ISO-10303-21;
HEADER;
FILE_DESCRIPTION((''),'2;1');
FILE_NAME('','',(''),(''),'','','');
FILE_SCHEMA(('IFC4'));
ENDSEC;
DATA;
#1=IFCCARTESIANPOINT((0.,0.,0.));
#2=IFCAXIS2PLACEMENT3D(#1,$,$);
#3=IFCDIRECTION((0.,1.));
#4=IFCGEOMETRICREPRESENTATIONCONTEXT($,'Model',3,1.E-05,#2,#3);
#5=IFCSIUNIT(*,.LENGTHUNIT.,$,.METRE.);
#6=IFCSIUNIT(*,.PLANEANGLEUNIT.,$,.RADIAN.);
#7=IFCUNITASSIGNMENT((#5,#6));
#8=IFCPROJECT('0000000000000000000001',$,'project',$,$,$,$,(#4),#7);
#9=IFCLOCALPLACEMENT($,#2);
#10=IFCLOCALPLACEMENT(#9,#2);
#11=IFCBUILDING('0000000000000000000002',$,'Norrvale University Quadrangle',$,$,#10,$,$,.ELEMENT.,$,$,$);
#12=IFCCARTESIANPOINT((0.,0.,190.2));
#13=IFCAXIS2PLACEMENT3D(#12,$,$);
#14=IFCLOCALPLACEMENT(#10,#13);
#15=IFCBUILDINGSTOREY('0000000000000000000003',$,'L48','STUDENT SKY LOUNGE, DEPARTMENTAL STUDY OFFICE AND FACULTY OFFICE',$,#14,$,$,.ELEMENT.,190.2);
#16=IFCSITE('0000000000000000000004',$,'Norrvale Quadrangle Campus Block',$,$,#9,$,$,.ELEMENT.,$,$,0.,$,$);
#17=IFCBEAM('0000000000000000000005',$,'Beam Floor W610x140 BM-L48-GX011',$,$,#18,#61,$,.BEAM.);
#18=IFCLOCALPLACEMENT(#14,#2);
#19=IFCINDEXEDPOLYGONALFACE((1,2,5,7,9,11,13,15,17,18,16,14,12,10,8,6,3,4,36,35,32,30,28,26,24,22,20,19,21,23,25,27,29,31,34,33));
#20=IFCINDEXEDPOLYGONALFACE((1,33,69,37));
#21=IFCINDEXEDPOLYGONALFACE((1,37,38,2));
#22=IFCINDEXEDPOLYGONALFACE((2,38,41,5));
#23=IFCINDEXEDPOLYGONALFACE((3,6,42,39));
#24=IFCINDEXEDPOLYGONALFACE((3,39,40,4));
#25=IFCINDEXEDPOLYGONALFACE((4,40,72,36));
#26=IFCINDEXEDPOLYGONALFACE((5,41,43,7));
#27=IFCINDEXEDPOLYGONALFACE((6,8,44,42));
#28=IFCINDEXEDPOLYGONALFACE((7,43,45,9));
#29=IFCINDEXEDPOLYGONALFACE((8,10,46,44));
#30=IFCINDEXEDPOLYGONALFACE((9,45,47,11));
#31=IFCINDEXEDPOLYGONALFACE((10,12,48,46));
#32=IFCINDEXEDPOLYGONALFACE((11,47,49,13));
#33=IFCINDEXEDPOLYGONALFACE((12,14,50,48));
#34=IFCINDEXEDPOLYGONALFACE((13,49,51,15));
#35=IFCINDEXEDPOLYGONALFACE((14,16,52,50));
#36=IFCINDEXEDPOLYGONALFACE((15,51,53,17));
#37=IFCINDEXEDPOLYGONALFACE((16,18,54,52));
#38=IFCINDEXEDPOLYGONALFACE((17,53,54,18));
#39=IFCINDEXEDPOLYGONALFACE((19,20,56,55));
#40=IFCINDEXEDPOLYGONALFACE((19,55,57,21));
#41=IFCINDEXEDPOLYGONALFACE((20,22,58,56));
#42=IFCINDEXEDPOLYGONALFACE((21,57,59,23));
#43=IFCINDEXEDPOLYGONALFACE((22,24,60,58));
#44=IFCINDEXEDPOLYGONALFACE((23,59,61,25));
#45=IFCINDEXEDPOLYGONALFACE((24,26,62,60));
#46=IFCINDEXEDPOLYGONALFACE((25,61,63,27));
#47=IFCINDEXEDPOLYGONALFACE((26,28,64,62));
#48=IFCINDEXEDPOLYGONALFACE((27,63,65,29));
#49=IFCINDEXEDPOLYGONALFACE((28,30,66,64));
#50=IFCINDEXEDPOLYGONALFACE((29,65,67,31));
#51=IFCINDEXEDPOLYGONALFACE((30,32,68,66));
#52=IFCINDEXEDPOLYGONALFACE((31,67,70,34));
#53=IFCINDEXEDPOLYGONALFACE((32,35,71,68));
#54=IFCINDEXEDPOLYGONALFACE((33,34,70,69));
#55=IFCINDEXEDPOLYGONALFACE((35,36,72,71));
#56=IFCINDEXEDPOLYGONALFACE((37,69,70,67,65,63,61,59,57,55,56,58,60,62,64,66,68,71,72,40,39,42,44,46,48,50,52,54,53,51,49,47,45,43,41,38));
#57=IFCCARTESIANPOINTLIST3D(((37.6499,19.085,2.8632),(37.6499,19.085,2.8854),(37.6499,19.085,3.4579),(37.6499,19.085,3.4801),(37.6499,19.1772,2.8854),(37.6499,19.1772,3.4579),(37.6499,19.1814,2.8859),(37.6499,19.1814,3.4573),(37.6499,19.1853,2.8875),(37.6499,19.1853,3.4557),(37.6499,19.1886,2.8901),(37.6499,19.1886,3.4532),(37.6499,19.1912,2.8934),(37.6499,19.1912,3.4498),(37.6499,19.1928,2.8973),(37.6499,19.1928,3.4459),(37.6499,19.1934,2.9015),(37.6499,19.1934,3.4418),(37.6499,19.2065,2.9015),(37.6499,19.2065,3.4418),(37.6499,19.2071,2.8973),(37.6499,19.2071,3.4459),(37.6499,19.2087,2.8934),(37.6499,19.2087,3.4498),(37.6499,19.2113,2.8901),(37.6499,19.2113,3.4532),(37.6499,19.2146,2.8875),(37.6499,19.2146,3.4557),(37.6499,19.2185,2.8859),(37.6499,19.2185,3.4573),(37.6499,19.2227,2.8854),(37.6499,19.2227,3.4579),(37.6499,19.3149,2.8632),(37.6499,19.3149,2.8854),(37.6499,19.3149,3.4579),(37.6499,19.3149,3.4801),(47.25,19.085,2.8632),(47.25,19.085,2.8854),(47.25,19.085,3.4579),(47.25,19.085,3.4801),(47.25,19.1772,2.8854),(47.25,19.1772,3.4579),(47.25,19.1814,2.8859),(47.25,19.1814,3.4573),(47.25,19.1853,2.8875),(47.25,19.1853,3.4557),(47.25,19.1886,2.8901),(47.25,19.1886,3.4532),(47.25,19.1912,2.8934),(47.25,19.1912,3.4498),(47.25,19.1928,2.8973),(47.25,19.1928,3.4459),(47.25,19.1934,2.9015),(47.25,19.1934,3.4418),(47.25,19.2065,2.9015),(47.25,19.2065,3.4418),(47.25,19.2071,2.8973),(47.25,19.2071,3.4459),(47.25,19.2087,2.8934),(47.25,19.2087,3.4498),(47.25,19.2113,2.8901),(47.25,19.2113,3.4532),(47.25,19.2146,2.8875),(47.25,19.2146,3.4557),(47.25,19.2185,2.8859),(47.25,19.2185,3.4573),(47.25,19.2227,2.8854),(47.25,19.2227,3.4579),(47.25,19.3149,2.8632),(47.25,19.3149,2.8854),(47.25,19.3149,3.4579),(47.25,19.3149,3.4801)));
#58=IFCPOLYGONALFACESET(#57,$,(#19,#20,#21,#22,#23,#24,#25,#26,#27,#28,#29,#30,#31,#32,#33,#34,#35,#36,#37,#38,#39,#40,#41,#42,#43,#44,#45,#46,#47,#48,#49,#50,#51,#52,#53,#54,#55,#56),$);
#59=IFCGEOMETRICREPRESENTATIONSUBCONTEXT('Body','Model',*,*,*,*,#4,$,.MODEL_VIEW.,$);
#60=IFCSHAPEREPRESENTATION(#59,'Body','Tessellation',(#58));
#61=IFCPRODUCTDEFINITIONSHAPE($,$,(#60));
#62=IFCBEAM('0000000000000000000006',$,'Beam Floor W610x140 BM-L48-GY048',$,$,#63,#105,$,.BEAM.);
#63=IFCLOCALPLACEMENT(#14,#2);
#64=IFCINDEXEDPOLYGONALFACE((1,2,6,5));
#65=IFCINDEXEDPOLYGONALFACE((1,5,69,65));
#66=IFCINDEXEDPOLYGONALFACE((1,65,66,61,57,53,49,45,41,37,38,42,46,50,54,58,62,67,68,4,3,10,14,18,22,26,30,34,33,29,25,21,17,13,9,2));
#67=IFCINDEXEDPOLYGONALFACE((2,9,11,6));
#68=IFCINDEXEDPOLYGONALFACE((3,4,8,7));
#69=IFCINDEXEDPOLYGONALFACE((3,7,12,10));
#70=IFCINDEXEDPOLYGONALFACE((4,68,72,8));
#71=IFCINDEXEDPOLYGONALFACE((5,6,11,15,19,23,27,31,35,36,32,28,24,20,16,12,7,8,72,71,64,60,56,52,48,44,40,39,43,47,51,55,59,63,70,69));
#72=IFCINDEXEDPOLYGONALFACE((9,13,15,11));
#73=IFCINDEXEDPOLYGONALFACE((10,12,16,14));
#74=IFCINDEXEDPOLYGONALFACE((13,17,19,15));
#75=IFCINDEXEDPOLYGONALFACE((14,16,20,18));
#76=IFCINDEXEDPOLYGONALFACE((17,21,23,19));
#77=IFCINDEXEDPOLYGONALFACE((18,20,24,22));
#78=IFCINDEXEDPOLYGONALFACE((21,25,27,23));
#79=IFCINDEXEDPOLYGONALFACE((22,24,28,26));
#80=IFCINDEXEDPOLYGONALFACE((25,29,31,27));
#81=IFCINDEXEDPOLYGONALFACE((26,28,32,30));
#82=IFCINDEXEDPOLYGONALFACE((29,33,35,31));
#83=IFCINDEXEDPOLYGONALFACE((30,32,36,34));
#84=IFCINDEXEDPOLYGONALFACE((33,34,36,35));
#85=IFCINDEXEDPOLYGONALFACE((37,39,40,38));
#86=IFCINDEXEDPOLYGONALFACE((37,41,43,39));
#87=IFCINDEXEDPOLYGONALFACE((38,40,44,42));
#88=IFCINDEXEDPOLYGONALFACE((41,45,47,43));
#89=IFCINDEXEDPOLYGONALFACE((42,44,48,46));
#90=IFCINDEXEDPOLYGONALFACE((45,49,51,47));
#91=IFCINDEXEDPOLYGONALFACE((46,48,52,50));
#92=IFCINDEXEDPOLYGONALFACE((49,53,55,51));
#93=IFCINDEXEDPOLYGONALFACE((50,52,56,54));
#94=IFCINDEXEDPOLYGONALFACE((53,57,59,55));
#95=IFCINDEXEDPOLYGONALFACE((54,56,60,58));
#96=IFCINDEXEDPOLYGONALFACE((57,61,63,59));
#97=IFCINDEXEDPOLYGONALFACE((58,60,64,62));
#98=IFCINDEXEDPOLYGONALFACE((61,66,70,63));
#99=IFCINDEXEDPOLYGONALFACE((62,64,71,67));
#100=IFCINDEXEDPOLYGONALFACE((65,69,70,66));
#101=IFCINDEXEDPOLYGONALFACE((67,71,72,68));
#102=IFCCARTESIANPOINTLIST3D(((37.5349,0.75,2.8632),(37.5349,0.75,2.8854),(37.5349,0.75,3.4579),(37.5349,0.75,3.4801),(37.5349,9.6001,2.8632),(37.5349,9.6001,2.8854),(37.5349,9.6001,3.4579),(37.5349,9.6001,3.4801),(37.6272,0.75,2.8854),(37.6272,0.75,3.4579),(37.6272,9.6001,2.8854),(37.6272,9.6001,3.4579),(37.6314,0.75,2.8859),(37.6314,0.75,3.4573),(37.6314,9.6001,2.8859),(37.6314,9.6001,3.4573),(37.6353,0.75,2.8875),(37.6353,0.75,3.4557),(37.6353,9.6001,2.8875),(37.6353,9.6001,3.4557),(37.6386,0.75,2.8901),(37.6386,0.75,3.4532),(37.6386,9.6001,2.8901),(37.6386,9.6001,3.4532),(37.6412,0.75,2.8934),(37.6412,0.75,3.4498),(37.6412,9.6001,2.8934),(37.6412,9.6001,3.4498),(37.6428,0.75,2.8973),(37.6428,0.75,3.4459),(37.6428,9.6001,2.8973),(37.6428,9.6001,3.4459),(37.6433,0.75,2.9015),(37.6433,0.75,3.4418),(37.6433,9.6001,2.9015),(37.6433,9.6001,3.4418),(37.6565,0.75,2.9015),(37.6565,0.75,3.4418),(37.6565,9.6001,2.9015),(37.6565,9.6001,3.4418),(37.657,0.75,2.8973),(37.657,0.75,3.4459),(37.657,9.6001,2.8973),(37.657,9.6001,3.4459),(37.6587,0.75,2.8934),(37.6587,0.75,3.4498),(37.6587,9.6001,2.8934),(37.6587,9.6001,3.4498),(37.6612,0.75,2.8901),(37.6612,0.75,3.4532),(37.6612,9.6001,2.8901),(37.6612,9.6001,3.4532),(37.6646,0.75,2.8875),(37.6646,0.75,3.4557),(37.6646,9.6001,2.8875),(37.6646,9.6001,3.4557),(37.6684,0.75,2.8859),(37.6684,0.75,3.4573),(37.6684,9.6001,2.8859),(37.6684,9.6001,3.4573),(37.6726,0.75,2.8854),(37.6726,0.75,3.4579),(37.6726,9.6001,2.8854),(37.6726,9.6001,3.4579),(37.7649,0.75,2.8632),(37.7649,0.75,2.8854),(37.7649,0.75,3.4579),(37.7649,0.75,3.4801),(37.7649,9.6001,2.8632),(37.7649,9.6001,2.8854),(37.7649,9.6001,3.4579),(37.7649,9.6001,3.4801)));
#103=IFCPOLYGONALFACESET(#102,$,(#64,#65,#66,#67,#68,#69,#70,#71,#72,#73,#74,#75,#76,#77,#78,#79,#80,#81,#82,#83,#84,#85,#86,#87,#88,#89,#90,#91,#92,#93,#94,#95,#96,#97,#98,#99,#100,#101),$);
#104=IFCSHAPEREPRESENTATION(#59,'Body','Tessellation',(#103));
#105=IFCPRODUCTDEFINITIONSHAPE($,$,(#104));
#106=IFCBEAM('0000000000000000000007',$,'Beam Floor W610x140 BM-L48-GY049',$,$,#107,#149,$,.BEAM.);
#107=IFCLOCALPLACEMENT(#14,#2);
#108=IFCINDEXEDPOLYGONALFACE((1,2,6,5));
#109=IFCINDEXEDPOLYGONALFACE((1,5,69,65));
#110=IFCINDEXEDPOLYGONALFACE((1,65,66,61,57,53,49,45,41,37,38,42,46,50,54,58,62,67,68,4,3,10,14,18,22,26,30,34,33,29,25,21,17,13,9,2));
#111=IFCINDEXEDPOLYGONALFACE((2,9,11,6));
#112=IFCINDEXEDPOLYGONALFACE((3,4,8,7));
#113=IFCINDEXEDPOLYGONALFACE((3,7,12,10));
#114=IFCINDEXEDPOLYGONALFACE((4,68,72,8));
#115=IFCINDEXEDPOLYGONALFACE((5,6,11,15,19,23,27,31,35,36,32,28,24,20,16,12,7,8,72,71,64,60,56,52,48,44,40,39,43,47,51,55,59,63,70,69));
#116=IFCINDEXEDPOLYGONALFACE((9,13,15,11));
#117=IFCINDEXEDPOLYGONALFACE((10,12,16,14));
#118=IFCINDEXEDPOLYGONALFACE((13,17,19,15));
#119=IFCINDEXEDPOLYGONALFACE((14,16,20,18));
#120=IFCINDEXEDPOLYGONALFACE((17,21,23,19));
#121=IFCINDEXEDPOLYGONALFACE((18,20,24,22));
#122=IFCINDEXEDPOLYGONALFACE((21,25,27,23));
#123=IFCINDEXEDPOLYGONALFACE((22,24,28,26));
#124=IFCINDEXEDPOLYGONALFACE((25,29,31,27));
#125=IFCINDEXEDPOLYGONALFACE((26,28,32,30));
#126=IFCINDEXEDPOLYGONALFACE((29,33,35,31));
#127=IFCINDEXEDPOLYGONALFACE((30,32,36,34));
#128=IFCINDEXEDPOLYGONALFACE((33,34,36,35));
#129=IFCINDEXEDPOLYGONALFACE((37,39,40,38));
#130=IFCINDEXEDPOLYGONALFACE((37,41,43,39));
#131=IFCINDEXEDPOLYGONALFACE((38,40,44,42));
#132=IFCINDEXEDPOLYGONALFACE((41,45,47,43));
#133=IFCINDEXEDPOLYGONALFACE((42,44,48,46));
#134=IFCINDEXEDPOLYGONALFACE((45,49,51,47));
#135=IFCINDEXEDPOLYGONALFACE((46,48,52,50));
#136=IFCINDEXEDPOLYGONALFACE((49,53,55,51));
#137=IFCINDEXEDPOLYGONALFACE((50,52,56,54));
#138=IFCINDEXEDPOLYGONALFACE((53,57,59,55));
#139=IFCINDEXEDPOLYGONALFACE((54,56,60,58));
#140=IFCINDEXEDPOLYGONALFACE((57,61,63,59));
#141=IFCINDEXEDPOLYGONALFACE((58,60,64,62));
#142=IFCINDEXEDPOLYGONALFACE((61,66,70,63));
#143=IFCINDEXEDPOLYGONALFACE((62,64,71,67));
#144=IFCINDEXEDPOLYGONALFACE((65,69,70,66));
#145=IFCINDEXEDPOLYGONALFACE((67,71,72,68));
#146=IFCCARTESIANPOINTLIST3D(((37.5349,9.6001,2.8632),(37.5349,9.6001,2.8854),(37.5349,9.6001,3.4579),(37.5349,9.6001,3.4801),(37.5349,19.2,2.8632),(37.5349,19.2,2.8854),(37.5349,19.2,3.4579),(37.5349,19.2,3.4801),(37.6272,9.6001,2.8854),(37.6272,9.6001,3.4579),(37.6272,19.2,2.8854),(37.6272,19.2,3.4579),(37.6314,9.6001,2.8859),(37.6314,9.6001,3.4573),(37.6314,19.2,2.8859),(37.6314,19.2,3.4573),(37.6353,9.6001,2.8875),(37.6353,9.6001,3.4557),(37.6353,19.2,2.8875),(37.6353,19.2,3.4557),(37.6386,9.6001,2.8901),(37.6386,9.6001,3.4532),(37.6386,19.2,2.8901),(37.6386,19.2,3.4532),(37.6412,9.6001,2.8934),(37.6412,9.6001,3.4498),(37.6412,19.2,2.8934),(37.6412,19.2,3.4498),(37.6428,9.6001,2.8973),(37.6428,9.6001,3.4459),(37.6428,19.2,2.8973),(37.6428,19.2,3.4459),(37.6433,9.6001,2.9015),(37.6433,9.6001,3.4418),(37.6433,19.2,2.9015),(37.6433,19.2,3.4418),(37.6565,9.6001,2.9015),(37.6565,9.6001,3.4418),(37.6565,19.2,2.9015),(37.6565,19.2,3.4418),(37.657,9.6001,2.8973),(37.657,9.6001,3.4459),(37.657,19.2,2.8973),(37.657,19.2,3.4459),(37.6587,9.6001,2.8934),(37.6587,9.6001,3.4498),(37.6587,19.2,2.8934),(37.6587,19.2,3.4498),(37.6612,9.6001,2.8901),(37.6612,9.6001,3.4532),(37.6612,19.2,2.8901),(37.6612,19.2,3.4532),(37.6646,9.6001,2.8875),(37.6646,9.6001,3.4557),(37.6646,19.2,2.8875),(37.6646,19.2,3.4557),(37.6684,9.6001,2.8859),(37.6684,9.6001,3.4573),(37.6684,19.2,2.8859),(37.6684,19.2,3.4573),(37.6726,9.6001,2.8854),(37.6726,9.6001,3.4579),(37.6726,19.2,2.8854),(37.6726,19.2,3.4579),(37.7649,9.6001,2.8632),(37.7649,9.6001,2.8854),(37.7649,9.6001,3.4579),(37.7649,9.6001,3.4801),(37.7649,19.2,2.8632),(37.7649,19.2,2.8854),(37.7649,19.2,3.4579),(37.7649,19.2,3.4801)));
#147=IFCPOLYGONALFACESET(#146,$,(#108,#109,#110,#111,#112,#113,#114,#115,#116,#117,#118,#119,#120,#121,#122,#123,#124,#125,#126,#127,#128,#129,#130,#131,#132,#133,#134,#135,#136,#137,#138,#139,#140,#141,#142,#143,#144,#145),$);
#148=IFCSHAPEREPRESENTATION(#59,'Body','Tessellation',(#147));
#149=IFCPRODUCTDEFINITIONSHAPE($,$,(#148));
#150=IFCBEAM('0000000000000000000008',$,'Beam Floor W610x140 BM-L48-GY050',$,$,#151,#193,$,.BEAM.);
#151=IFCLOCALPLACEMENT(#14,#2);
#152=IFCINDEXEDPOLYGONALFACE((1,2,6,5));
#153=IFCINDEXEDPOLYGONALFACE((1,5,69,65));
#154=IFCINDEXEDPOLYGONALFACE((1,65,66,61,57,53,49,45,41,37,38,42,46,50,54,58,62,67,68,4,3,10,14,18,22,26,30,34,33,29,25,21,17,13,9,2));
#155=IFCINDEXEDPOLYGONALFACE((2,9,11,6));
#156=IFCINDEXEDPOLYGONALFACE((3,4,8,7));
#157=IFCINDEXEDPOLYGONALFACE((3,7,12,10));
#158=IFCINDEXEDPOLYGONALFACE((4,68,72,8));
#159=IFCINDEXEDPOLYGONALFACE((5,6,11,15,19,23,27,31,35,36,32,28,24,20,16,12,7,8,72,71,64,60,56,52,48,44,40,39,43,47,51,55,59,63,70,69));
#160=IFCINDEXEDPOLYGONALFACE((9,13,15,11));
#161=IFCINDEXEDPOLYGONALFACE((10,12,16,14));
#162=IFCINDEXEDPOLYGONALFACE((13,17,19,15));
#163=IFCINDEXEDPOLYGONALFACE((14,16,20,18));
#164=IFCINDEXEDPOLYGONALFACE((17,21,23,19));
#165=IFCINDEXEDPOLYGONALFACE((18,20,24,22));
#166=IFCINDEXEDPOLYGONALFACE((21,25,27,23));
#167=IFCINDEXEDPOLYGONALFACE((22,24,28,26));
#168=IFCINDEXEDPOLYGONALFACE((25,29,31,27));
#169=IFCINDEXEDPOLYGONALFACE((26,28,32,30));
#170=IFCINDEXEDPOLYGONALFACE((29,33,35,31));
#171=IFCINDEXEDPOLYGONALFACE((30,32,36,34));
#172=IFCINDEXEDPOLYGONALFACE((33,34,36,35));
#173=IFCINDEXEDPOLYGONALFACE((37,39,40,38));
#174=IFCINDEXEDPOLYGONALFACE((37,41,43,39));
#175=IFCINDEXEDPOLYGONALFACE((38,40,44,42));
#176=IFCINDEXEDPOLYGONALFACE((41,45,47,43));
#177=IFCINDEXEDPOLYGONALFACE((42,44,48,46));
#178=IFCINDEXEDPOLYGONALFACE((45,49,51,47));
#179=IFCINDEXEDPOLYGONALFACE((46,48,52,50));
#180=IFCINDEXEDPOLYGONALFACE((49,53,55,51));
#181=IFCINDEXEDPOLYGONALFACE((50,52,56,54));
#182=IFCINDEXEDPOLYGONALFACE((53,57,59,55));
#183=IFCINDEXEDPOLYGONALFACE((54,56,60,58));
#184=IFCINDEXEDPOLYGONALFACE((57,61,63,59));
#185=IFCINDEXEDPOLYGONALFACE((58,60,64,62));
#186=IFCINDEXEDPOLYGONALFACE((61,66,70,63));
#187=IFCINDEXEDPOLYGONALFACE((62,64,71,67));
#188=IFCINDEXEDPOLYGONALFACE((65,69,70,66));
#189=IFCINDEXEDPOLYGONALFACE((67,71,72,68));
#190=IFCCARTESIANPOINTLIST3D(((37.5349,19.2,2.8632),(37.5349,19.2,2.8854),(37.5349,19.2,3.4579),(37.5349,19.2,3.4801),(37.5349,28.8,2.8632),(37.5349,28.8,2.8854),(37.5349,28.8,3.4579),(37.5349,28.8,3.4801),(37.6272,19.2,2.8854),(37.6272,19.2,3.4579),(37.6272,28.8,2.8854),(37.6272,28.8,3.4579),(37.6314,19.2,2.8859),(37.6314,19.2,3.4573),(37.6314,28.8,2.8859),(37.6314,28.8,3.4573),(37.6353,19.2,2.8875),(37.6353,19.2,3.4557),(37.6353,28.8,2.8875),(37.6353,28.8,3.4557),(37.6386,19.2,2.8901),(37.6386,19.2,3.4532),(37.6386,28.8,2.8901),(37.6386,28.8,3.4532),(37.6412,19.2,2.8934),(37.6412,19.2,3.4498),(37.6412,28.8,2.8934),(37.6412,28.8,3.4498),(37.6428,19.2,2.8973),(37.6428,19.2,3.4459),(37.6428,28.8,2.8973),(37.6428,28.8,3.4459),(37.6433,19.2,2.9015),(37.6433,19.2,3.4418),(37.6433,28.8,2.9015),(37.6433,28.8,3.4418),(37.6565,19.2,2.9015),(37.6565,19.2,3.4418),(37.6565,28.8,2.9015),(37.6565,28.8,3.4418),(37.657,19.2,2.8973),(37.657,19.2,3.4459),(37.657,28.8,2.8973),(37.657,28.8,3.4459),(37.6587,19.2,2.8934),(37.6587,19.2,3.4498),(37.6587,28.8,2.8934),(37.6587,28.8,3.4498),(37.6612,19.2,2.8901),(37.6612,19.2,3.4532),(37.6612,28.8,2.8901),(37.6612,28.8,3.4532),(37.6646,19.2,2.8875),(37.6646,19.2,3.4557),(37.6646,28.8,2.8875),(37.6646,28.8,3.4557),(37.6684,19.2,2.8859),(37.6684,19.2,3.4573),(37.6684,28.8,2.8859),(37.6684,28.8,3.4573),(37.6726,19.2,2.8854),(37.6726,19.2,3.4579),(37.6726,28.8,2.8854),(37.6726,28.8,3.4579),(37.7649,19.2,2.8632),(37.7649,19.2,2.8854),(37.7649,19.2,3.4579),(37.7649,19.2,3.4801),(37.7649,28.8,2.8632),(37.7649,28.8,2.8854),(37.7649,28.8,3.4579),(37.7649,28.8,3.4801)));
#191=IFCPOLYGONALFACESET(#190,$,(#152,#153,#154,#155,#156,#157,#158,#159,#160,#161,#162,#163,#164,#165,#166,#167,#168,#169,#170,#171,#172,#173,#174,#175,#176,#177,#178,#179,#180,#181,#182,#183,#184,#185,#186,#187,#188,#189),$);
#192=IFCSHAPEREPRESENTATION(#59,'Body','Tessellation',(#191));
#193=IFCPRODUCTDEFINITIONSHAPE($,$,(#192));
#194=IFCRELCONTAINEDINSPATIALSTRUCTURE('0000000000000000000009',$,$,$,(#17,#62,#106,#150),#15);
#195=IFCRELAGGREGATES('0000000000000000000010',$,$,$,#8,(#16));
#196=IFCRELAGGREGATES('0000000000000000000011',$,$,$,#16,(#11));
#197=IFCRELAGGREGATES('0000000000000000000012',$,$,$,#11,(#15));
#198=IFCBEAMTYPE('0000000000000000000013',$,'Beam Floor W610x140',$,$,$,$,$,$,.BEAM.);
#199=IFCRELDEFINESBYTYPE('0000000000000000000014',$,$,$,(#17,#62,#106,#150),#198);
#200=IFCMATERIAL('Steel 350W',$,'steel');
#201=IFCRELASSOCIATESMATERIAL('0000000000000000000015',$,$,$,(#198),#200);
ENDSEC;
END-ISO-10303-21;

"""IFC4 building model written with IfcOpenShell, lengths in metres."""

from ifc_helpers import new_model, si_unit, direction, frame, origin, origin_2d, place, context, subcontext, project, spatial, i_section, extrude, material, material_profile, profile_set, type_object, element, save


model = new_model("IFC4")

# Units and contexts
model_context = context("Model", 3, precision=1e-05, world=origin(), true_north=direction((0.0, 1.0)))
body_context = subcontext(model_context, "Body", "Model", "MODEL_VIEW")
ifc_project = project(units=[si_unit("LENGTHUNIT", "METRE"), si_unit("PLANEANGLEUNIT", "RADIAN")], contexts=[model_context])

# Site, building, storey
site_placement = place(None, origin())
site = spatial("IfcSite", under=ifc_project, at=site_placement, Name="Norrvale Quadrangle Campus Block", CompositionType="ELEMENT", RefElevation=0.0)
building_placement = place(site_placement, origin())
building = spatial("IfcBuilding", under=site, at=building_placement, Name="Norrvale University Quadrangle", CompositionType="ELEMENT")
storey_placement = place(building_placement, frame((0.0, 0.0, 190.2)))
storey = spatial("IfcBuildingStorey", under=building, at=storey_placement, Name="L48", Description="STUDENT SKY LOUNGE, DEPARTMENTAL STUDY OFFICE AND FACULTY OFFICE", CompositionType="ELEMENT", Elevation=190.2)

# Beams
ifc_material_1 = material(Name="Steel 350W", Category="steel")
ifc_material_profile_1 = material_profile(ifc_material_1, i_section(OverallWidth=0.23, OverallDepth=0.6169, WebThickness=0.0132, FlangeThickness=0.0222, FilletRadius=0.0161, at=origin_2d()), Name="Steel 350W")
ifc_profile_set_1 = profile_set([ifc_material_profile_1], Name="Steel 350W")
beam_type_1 = type_object("IfcBeamType", Name="Beam Floor W610x140", PredefinedType="BEAM", material=ifc_profile_set_1)
for number, where, z_axis, x_axis, name in (
    (1, (37.6499, 19.2, 3.1716), (1.0, 0.0, 0.0), (0.0, 1.0, 0.0), "Beam Floor W610x140 BM-L48-GX011"),
):
    element("IfcBeam", number, at=place(storey_placement, frame(where, z_axis=z_axis, x_axis=x_axis)), inside=storey, type_object=beam_type_1, Name=name, PredefinedType="BEAM", context=body_context, shape_type="SweptSolid", body=[
        extrude(i_section(OverallWidth=0.23, OverallDepth=0.6169, WebThickness=0.0132, FlangeThickness=0.0222, FilletRadius=0.0161, at=origin_2d()), origin(), (0.0, 0.0, 1.0), 9.6001),
    ])
beam_1_placement = place(storey_placement, frame((37.6499, 0.75, 3.1716), z_axis=(0.0, 1.0, 0.0), x_axis=(-1.0, 0.0, 0.0)))
element("IfcBeam", 2, at=beam_1_placement, inside=storey, type_object=beam_type_1, Name="Beam Floor W610x140 BM-L48-GY048", PredefinedType="BEAM", context=body_context, shape_type="SweptSolid", body=[
    extrude(i_section(OverallWidth=0.23, OverallDepth=0.6169, WebThickness=0.0132, FlangeThickness=0.0222, FilletRadius=0.0161, at=origin_2d()), origin(), (0.0, 0.0, 1.0), 8.8501),
])
beam_2_placement = place(storey_placement, frame((37.6499, 9.6001, 3.1716), z_axis=(0.0, 1.0, 0.0), x_axis=(-1.0, 0.0, 0.0)))
element("IfcBeam", 3, at=beam_2_placement, inside=storey, type_object=beam_type_1, Name="Beam Floor W610x140 BM-L48-GY049", PredefinedType="BEAM", context=body_context, shape_type="SweptSolid", body=[
    extrude(i_section(OverallWidth=0.23, OverallDepth=0.6169, WebThickness=0.0132, FlangeThickness=0.0222, FilletRadius=0.0161, at=origin_2d()), origin(), (0.0, 0.0, 1.0), 9.5999),
])
beam_3_placement = place(storey_placement, frame((37.6499, 19.2, 3.1716), z_axis=(0.0, 1.0, 0.0), x_axis=(-1.0, 0.0, 0.0)))
element("IfcBeam", 4, at=beam_3_placement, inside=storey, type_object=beam_type_1, Name="Beam Floor W610x140 BM-L48-GY050", PredefinedType="BEAM", context=body_context, shape_type="SweptSolid", body=[
    extrude(i_section(OverallWidth=0.23, OverallDepth=0.6169, WebThickness=0.0132, FlangeThickness=0.0222, FilletRadius=0.0161, at=origin_2d()), origin(), (0.0, 0.0, 1.0), 9.6001),
])

save(model, "model.ifc")
